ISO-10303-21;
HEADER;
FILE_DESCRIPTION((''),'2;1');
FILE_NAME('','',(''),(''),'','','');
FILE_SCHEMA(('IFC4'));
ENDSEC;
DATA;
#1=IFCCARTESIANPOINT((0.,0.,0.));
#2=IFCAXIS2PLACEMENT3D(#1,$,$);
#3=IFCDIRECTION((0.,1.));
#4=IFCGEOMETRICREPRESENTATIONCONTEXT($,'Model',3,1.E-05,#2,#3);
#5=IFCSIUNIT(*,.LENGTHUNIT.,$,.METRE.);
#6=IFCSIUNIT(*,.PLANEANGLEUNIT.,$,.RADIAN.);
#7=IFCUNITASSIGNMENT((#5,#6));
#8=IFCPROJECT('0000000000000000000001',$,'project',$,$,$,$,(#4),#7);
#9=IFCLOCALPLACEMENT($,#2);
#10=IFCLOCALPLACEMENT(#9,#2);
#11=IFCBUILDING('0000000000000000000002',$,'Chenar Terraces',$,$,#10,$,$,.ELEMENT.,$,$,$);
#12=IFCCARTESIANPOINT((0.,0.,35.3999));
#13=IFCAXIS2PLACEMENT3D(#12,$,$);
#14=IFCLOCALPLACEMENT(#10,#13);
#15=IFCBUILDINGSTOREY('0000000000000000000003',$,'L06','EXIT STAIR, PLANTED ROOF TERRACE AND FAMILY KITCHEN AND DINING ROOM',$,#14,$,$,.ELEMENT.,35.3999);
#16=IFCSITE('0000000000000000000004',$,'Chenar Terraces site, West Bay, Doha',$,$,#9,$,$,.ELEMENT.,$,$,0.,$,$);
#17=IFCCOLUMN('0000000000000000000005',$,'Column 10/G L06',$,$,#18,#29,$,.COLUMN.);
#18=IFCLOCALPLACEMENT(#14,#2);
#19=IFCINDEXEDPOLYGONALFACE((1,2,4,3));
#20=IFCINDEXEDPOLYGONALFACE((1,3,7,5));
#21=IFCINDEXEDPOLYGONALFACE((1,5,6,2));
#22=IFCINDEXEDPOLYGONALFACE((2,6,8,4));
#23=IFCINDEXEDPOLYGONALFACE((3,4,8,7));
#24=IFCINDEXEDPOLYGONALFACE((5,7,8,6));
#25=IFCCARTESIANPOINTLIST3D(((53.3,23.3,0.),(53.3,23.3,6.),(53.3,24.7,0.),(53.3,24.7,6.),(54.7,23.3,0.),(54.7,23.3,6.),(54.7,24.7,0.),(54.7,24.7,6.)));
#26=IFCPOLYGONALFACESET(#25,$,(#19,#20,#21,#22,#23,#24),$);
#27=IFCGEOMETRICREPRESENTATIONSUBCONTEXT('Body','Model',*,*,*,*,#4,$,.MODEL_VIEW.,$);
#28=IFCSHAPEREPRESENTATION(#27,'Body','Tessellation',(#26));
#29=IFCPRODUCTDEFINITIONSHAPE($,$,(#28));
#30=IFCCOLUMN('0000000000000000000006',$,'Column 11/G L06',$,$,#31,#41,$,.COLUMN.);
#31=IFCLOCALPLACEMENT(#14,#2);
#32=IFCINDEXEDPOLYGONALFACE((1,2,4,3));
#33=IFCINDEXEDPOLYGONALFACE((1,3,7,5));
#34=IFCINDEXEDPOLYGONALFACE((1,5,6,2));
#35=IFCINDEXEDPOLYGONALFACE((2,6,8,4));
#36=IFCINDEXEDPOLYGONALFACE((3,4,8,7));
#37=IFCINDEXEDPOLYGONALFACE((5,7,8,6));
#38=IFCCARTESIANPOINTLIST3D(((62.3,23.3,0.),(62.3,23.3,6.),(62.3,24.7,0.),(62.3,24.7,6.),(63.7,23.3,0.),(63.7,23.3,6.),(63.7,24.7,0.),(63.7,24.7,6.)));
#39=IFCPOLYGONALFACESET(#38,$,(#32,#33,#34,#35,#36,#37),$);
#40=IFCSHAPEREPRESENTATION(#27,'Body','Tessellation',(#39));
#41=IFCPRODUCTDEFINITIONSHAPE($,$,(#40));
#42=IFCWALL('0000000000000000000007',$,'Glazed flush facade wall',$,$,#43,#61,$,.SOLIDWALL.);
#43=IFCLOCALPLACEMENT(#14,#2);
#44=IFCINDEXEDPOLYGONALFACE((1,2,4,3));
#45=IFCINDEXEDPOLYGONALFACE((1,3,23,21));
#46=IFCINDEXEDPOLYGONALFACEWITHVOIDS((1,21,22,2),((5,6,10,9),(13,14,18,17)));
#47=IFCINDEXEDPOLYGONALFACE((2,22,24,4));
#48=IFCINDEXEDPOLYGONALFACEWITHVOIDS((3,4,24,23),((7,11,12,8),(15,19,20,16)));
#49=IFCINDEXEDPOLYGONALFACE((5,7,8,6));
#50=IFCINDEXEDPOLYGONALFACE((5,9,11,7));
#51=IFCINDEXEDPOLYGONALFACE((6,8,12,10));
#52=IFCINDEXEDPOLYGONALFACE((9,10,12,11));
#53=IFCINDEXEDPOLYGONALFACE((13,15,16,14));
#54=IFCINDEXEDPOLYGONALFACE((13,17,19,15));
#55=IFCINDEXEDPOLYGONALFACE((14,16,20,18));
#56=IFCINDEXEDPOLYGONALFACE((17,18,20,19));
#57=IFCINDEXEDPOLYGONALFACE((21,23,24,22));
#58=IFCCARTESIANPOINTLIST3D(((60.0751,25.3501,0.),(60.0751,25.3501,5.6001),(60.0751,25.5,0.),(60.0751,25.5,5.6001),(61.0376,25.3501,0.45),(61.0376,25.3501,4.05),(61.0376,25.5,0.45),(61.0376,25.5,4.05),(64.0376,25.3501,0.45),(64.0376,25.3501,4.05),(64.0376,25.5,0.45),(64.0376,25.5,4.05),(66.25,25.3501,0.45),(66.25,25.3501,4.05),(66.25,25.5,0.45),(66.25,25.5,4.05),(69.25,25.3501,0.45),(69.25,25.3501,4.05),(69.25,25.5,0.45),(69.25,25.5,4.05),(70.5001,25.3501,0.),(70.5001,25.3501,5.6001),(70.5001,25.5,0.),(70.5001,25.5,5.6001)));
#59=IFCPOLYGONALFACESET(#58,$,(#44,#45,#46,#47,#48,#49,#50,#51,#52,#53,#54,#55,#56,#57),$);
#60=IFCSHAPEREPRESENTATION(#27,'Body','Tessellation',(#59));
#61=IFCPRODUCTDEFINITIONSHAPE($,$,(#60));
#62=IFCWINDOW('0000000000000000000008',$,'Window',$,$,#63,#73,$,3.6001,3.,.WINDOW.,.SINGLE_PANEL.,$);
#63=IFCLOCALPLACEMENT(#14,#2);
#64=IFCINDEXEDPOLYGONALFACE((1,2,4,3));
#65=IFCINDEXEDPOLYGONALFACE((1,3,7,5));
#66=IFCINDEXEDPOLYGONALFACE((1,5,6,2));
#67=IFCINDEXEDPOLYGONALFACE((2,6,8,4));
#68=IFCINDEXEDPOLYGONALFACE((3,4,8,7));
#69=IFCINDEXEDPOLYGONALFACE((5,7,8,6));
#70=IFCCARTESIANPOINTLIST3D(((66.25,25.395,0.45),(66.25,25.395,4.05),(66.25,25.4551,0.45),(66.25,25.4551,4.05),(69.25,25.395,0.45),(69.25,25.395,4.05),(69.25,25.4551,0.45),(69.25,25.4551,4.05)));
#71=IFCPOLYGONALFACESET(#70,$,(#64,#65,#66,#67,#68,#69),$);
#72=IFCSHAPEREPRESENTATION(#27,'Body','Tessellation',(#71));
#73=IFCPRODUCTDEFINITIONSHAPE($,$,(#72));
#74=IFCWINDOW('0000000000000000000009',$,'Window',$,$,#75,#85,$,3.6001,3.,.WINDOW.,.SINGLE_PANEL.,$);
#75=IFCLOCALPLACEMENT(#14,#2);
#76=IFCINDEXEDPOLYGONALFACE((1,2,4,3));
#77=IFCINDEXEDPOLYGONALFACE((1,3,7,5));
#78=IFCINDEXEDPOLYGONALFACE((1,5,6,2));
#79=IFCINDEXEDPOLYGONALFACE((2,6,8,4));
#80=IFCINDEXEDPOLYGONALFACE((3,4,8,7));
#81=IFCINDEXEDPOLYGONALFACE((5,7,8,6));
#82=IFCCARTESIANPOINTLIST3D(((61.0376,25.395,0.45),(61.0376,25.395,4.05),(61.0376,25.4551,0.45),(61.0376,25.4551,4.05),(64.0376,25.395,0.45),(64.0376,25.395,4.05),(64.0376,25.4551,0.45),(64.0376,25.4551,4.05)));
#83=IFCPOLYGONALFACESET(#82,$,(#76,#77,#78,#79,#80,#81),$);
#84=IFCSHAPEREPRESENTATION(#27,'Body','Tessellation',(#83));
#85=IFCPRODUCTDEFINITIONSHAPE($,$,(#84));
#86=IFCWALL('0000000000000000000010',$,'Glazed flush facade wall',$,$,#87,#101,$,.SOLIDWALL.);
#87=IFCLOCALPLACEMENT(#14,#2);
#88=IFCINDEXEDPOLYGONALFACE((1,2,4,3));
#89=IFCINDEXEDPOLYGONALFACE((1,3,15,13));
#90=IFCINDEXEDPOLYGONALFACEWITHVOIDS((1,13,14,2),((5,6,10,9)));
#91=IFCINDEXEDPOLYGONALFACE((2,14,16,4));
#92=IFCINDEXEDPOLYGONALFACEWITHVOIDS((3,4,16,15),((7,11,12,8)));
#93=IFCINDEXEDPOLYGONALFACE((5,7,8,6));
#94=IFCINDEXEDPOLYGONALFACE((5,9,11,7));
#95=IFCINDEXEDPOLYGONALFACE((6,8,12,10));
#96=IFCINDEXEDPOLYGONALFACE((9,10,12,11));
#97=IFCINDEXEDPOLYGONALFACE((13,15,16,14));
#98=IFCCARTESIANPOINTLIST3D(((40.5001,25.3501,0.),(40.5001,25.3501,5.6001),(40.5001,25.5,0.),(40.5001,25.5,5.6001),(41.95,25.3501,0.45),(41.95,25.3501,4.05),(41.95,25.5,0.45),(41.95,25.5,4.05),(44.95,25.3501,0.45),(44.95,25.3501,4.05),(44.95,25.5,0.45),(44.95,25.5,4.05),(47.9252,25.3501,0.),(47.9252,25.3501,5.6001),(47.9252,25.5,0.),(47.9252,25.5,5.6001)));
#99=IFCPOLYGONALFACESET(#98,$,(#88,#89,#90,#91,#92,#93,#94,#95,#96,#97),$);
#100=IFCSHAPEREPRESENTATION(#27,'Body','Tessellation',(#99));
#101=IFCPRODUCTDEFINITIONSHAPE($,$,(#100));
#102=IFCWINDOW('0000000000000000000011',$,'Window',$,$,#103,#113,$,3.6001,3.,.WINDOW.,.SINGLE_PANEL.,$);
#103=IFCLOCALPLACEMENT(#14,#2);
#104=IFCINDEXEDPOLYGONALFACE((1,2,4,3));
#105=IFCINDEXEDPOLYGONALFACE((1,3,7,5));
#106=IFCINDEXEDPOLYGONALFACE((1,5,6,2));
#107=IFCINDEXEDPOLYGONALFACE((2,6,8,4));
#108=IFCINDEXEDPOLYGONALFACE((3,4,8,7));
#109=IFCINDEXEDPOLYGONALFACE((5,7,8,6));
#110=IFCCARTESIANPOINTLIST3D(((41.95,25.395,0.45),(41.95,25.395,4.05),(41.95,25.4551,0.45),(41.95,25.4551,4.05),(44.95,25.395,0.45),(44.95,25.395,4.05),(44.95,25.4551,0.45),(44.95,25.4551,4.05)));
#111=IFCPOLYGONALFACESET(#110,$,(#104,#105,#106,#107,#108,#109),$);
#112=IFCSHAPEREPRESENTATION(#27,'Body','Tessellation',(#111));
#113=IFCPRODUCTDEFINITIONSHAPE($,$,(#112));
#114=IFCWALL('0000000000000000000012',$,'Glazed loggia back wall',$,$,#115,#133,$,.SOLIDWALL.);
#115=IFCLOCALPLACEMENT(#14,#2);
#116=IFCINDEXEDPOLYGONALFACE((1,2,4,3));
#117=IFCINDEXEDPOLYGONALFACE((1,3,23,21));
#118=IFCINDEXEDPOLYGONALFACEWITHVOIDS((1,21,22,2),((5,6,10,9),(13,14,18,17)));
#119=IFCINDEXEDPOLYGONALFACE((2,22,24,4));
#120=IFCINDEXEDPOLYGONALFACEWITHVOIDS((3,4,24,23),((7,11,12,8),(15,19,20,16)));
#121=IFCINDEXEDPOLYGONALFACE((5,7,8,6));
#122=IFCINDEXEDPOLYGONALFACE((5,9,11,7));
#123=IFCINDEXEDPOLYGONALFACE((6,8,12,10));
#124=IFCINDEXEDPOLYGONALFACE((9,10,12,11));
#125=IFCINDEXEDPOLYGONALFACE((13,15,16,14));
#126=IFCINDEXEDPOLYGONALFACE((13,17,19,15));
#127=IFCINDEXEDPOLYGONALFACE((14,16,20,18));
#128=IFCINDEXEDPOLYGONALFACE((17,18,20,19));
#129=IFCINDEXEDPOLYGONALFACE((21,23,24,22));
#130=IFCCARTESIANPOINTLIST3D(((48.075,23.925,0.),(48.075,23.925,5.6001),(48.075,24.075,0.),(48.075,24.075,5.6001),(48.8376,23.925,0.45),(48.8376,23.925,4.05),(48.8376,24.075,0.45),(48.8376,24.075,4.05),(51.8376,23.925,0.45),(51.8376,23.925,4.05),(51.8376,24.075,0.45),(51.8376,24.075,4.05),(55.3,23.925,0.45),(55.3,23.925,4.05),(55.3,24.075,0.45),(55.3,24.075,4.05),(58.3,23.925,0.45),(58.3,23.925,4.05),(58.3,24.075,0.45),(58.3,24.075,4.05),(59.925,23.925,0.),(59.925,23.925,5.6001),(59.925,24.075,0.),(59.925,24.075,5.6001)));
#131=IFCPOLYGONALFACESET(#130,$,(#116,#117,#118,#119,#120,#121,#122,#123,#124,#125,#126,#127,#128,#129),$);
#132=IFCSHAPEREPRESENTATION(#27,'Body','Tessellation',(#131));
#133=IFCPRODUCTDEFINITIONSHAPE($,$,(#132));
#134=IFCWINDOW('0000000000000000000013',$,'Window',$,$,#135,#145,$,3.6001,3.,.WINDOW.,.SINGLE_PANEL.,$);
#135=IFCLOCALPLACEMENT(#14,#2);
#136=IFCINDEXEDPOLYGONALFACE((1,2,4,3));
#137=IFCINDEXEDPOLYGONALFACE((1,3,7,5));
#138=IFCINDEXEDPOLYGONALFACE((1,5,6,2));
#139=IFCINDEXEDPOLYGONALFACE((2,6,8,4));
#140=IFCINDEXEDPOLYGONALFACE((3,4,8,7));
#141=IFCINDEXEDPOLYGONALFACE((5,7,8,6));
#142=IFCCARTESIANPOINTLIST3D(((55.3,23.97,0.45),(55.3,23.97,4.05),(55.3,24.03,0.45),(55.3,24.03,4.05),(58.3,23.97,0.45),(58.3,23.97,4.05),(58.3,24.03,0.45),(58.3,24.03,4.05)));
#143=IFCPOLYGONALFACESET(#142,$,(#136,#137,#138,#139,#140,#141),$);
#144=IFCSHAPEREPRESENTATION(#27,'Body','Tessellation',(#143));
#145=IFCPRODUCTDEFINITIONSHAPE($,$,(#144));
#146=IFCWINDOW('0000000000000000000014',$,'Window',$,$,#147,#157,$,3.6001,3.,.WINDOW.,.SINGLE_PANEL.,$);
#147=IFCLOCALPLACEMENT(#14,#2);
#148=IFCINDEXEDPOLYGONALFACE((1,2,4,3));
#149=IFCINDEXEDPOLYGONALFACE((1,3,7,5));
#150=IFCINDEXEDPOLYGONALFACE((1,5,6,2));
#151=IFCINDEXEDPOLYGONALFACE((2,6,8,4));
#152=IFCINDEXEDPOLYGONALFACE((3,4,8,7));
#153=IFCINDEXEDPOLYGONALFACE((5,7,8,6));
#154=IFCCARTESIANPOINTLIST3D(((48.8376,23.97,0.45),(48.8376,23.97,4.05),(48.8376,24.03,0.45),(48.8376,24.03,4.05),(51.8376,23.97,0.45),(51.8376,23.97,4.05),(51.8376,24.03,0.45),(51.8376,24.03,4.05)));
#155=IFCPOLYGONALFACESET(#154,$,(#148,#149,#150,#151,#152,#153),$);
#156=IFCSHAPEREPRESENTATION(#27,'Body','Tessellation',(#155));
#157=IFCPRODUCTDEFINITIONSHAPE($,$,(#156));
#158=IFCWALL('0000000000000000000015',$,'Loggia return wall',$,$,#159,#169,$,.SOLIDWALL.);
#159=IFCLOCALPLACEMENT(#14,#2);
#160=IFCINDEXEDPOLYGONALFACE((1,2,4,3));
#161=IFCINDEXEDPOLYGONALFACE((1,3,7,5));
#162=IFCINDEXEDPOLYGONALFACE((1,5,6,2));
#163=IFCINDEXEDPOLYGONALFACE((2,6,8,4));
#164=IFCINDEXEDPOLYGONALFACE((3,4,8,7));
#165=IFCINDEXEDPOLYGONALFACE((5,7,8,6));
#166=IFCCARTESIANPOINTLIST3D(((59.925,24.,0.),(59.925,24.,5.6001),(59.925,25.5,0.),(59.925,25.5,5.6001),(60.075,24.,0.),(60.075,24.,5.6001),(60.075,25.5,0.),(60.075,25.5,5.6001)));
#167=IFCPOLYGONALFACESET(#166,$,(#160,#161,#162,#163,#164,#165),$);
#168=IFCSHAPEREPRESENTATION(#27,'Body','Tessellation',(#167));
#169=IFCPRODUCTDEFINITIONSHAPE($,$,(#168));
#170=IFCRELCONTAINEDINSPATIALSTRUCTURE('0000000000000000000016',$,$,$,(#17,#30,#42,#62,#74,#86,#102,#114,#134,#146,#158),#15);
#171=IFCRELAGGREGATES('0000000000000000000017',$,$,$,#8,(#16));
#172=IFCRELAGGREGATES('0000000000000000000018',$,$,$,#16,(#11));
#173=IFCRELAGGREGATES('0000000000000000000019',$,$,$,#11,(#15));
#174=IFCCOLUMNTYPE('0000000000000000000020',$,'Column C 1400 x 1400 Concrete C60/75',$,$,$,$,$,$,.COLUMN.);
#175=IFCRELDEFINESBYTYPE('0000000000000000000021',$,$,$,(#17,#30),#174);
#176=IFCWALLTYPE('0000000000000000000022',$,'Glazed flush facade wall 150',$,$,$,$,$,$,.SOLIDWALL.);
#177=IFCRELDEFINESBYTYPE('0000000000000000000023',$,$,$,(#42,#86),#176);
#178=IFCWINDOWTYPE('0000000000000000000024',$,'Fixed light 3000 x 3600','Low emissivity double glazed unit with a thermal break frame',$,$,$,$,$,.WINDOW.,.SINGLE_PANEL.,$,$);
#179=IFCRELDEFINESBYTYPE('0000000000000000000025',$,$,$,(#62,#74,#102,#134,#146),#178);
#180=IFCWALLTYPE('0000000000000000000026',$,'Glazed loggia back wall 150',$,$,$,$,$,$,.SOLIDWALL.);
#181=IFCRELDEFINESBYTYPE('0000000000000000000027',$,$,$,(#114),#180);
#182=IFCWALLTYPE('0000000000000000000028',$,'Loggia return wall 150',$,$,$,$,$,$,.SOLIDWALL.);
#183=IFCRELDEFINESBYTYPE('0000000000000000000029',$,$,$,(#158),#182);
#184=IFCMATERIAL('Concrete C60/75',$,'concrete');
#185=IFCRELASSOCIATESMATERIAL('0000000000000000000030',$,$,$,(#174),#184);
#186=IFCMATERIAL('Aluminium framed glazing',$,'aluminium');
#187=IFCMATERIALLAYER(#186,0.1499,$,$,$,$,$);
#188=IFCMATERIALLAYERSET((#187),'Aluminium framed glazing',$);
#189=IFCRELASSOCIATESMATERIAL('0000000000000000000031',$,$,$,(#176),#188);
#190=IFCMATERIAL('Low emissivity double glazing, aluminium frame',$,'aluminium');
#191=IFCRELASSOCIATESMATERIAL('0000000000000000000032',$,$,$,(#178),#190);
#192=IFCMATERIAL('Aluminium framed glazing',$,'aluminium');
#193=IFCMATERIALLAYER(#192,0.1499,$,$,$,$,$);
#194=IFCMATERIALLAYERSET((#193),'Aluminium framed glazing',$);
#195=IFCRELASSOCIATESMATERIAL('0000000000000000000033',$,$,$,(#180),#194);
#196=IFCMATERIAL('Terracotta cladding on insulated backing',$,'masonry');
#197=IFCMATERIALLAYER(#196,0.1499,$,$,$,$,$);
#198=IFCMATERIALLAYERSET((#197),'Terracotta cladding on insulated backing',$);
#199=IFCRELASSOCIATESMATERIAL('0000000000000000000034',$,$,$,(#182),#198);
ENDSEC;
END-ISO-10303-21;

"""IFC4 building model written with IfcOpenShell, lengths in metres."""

from ifc_helpers import new_model, si_unit, direction, frame, frame_2d, origin, origin_2d, place, context, subcontext, project, spatial, rectangle, extrude, material, layer, layer_set, material_profile, profile_set, type_object, element, fill, save


model = new_model("IFC4")

# Units and contexts
model_context = context("Model", 3, precision=1e-05, world=origin(), true_north=direction((0.0, 1.0)))
body_context = subcontext(model_context, "Body", "Model", "MODEL_VIEW")
ifc_project = project(units=[si_unit("LENGTHUNIT", "METRE"), si_unit("PLANEANGLEUNIT", "RADIAN")], contexts=[model_context])

# Site, building, storey
site_placement = place(None, origin())
site = spatial("IfcSite", under=ifc_project, at=site_placement, Name="Chenar Terraces site, West Bay, Doha", CompositionType="ELEMENT", RefElevation=0.0)
building_placement = place(site_placement, origin())
building = spatial("IfcBuilding", under=site, at=building_placement, Name="Chenar Terraces", CompositionType="ELEMENT")
storey_placement = place(building_placement, frame((0.0, 0.0, 35.3999)))
storey = spatial("IfcBuildingStorey", under=building, at=storey_placement, Name="L06", Description="EXIT STAIR, PLANTED ROOF TERRACE AND FAMILY KITCHEN AND DINING ROOM", CompositionType="ELEMENT", Elevation=35.3999)

# Columns
ifc_material_1 = material(Name="Concrete C60/75", Category="concrete")
ifc_material_profile_1 = material_profile(ifc_material_1, rectangle(XDim=1.3999, YDim=1.3999, at=origin_2d()), Name="C 1400 x 1400")
ifc_profile_set_1 = profile_set([ifc_material_profile_1], Name="Concrete C60/75")
column_type = type_object("IfcColumnType", Name="Column C 1400 x 1400 Concrete C60/75", PredefinedType="COLUMN", material=ifc_profile_set_1)
for number, where, z_axis, x_axis, name in (
    (1, (54.0, 24.0, 0.0), (0.0, 0.0, 1.0), (1.0, 0.0, 0.0), "Column 10/G L06"),
    (2, (63.0, 24.0, 0.0), (0.0, 0.0, 1.0), (1.0, 0.0, 0.0), "Column 11/G L06"),
):
    element("IfcColumn", number, at=place(storey_placement, frame(where, z_axis=z_axis, x_axis=x_axis)), inside=storey, type_object=column_type, Name=name, PredefinedType="COLUMN", context=body_context, shape_type="SweptSolid", body=[
        extrude(rectangle(XDim=1.3999, YDim=1.3999, at=origin_2d()), origin(), (0.0, 0.0, 1.0), 6.0),
    ])

# Wall, openings, windows
ifc_material_2 = material(Name="Aluminium framed glazing", Category="aluminium")
ifc_layer_1 = layer(ifc_material_2, 0.1499)
ifc_layer_set_1 = layer_set([ifc_layer_1], Name="Aluminium framed glazing")
wall_type_1 = type_object("IfcWallType", Name="Glazed flush facade wall 150", PredefinedType="SOLIDWALL", material=ifc_layer_set_1)
wall_1_placement = place(storey_placement, frame((70.5, 25.425, 0.0), z_axis=(0.0, 0.0, 1.0), x_axis=(-1.0, 0.0, 0.0)))
wall_1 = element("IfcWall", 3, at=wall_1_placement, inside=storey, type_object=wall_type_1, Name="Glazed flush facade wall", PredefinedType="SOLIDWALL", context=body_context, shape_type="SweptSolid", body=[
    extrude(rectangle(XDim=10.425, YDim=0.1499, at=frame_2d((5.2124, 0.0))), origin(), (0.0, 0.0, 1.0), 5.6001),
])
opening_1_placement = place(wall_1_placement, frame((1.25, 0.0, 0.45)))
opening_1 = element("IfcOpeningElement", 4, at=opening_1_placement, cuts=wall_1, PredefinedType="OPENING", context=body_context, shape_type="SweptSolid", body=[
    extrude(rectangle(XDim=3.0, YDim=3.6001, at=frame_2d((1.5, 1.8))), frame((0.0, 0.085, 0.0), z_axis=(0.0, -1.0, 0.0), x_axis=(1.0, 0.0, 0.0)), (0.0, 0.0, 1.0), 0.1699),
])
opening_2_placement = place(wall_1_placement, frame((6.4624, 0.0, 0.45)))
opening_2 = element("IfcOpeningElement", 5, at=opening_2_placement, cuts=wall_1, PredefinedType="OPENING", context=body_context, shape_type="SweptSolid", body=[
    extrude(rectangle(XDim=3.0, YDim=3.6001, at=frame_2d((1.5, 1.8))), frame((0.0, 0.085, 0.0), z_axis=(0.0, -1.0, 0.0), x_axis=(1.0, 0.0, 0.0)), (0.0, 0.0, 1.0), 0.1699),
])
ifc_material_3 = material(Name="Low emissivity double glazing, aluminium frame", Category="aluminium")
window_type = type_object("IfcWindowType", Name="Fixed light 3000 x 3600", Description="Low emissivity double glazed unit with a thermal break frame", PartitioningType="SINGLE_PANEL", PredefinedType="WINDOW", material=ifc_material_3)
window_1_placement = place(opening_1_placement, origin())
window_1 = element("IfcWindow", 6, at=window_1_placement, inside=storey, type_object=window_type, Name="Window", OverallHeight=3.6001, OverallWidth=3.0, PartitioningType="SINGLE_PANEL", PredefinedType="WINDOW", context=body_context, shape_type="SweptSolid", body=[
    extrude(rectangle(XDim=3.0, YDim=3.6001, at=frame_2d((1.5, 1.8))), frame((0.0, 0.03, 0.0), z_axis=(0.0, -1.0, 0.0), x_axis=(1.0, 0.0, 0.0)), (0.0, 0.0, 1.0), 0.0601),
])
fill(opening_1, window_1)
window_2_placement = place(opening_2_placement, origin())
window_2 = element("IfcWindow", 7, at=window_2_placement, inside=storey, type_object=window_type, Name="Window", OverallHeight=3.6001, OverallWidth=3.0, PartitioningType="SINGLE_PANEL", PredefinedType="WINDOW", context=body_context, shape_type="SweptSolid", body=[
    extrude(rectangle(XDim=3.0, YDim=3.6001, at=frame_2d((1.5, 1.8))), frame((0.0, 0.03, 0.0), z_axis=(0.0, -1.0, 0.0), x_axis=(1.0, 0.0, 0.0)), (0.0, 0.0, 1.0), 0.0601),
])
fill(opening_2, window_2)

# Wall, opening, window
wall_2_placement = place(storey_placement, frame((47.925, 25.425, 0.0), z_axis=(0.0, 0.0, 1.0), x_axis=(-1.0, 0.0, 0.0)))
wall_2 = element("IfcWall", 8, at=wall_2_placement, inside=storey, type_object=wall_type_1, Name="Glazed flush facade wall", PredefinedType="SOLIDWALL", context=body_context, shape_type="SweptSolid", body=[
    extrude(rectangle(XDim=7.425, YDim=0.1499, at=frame_2d((3.7124, 0.0))), origin(), (0.0, 0.0, 1.0), 5.6001),
])
opening_3_placement = place(wall_2_placement, frame((2.9751, 0.0, 0.45)))
opening_3 = element("IfcOpeningElement", 9, at=opening_3_placement, cuts=wall_2, PredefinedType="OPENING", context=body_context, shape_type="SweptSolid", body=[
    extrude(rectangle(XDim=3.0, YDim=3.6001, at=frame_2d((1.5, 1.8))), frame((0.0, 0.085, 0.0), z_axis=(0.0, -1.0, 0.0), x_axis=(1.0, 0.0, 0.0)), (0.0, 0.0, 1.0), 0.1699),
])
window_3_placement = place(opening_3_placement, origin())
window_3 = element("IfcWindow", 10, at=window_3_placement, inside=storey, type_object=window_type, Name="Window", OverallHeight=3.6001, OverallWidth=3.0, PartitioningType="SINGLE_PANEL", PredefinedType="WINDOW", context=body_context, shape_type="SweptSolid", body=[
    extrude(rectangle(XDim=3.0, YDim=3.6001, at=frame_2d((1.5, 1.8))), frame((0.0, 0.03, 0.0), z_axis=(0.0, -1.0, 0.0), x_axis=(1.0, 0.0, 0.0)), (0.0, 0.0, 1.0), 0.0601),
])
fill(opening_3, window_3)

# Wall, openings, windows
ifc_material_4 = material(Name="Aluminium framed glazing", Category="aluminium")
ifc_layer_2 = layer(ifc_material_4, 0.1499)
ifc_layer_set_2 = layer_set([ifc_layer_2], Name="Aluminium framed glazing")
wall_type_2 = type_object("IfcWallType", Name="Glazed loggia back wall 150", PredefinedType="SOLIDWALL", material=ifc_layer_set_2)
wall_3_placement = place(storey_placement, frame((59.925, 24.0, 0.0), z_axis=(0.0, 0.0, 1.0), x_axis=(-1.0, 0.0, 0.0)))
wall_3 = element("IfcWall", 11, at=wall_3_placement, inside=storey, type_object=wall_type_2, Name="Glazed loggia back wall", PredefinedType="SOLIDWALL", context=body_context, shape_type="SweptSolid", body=[
    extrude(rectangle(XDim=11.8501, YDim=0.1499, at=frame_2d((5.925, 0.0))), origin(), (0.0, 0.0, 1.0), 5.6001),
])
opening_4_placement = place(wall_3_placement, frame((1.625, 0.0, 0.45)))
opening_4 = element("IfcOpeningElement", 12, at=opening_4_placement, cuts=wall_3, PredefinedType="OPENING", context=body_context, shape_type="SweptSolid", body=[
    extrude(rectangle(XDim=3.0, YDim=3.6001, at=frame_2d((1.5, 1.8))), frame((0.0, 0.085, 0.0), z_axis=(0.0, -1.0, 0.0), x_axis=(1.0, 0.0, 0.0)), (0.0, 0.0, 1.0), 0.1699),
])
opening_5_placement = place(wall_3_placement, frame((8.0874, 0.0, 0.45)))
opening_5 = element("IfcOpeningElement", 13, at=opening_5_placement, cuts=wall_3, PredefinedType="OPENING", context=body_context, shape_type="SweptSolid", body=[
    extrude(rectangle(XDim=3.0, YDim=3.6001, at=frame_2d((1.5, 1.8))), frame((0.0, 0.085, 0.0), z_axis=(0.0, -1.0, 0.0), x_axis=(1.0, 0.0, 0.0)), (0.0, 0.0, 1.0), 0.1699),
])
window_4_placement = place(opening_4_placement, origin())
window_4 = element("IfcWindow", 14, at=window_4_placement, inside=storey, type_object=window_type, Name="Window", OverallHeight=3.6001, OverallWidth=3.0, PartitioningType="SINGLE_PANEL", PredefinedType="WINDOW", context=body_context, shape_type="SweptSolid", body=[
    extrude(rectangle(XDim=3.0, YDim=3.6001, at=frame_2d((1.5, 1.8))), frame((0.0, 0.03, 0.0), z_axis=(0.0, -1.0, 0.0), x_axis=(1.0, 0.0, 0.0)), (0.0, 0.0, 1.0), 0.0601),
])
fill(opening_4, window_4)
window_5_placement = place(opening_5_placement, origin())
window_5 = element("IfcWindow", 15, at=window_5_placement, inside=storey, type_object=window_type, Name="Window", OverallHeight=3.6001, OverallWidth=3.0, PartitioningType="SINGLE_PANEL", PredefinedType="WINDOW", context=body_context, shape_type="SweptSolid", body=[
    extrude(rectangle(XDim=3.0, YDim=3.6001, at=frame_2d((1.5, 1.8))), frame((0.0, 0.03, 0.0), z_axis=(0.0, -1.0, 0.0), x_axis=(1.0, 0.0, 0.0)), (0.0, 0.0, 1.0), 0.0601),
])
fill(opening_5, window_5)

# Wall
ifc_material_5 = material(Name="Terracotta cladding on insulated backing", Category="masonry")
ifc_layer_3 = layer(ifc_material_5, 0.1499)
ifc_layer_set_3 = layer_set([ifc_layer_3], Name="Terracotta cladding on insulated backing")
wall_type_3 = type_object("IfcWallType", Name="Loggia return wall 150", PredefinedType="SOLIDWALL", material=ifc_layer_set_3)
for number, where, z_axis, x_axis, name in (
    (16, (60.0, 25.5, 0.0), (0.0, 0.0, 1.0), (0.0, -1.0, 0.0), "Loggia return wall"),
):
    element("IfcWall", number, at=place(storey_placement, frame(where, z_axis=z_axis, x_axis=x_axis)), inside=storey, type_object=wall_type_3, Name=name, PredefinedType="SOLIDWALL", context=body_context, shape_type="SweptSolid", body=[
        extrude(rectangle(XDim=1.5, YDim=0.1499, at=frame_2d((0.75, 0.0))), origin(), (0.0, 0.0, 1.0), 5.6001),
    ])

save(model, "model.ifc")
